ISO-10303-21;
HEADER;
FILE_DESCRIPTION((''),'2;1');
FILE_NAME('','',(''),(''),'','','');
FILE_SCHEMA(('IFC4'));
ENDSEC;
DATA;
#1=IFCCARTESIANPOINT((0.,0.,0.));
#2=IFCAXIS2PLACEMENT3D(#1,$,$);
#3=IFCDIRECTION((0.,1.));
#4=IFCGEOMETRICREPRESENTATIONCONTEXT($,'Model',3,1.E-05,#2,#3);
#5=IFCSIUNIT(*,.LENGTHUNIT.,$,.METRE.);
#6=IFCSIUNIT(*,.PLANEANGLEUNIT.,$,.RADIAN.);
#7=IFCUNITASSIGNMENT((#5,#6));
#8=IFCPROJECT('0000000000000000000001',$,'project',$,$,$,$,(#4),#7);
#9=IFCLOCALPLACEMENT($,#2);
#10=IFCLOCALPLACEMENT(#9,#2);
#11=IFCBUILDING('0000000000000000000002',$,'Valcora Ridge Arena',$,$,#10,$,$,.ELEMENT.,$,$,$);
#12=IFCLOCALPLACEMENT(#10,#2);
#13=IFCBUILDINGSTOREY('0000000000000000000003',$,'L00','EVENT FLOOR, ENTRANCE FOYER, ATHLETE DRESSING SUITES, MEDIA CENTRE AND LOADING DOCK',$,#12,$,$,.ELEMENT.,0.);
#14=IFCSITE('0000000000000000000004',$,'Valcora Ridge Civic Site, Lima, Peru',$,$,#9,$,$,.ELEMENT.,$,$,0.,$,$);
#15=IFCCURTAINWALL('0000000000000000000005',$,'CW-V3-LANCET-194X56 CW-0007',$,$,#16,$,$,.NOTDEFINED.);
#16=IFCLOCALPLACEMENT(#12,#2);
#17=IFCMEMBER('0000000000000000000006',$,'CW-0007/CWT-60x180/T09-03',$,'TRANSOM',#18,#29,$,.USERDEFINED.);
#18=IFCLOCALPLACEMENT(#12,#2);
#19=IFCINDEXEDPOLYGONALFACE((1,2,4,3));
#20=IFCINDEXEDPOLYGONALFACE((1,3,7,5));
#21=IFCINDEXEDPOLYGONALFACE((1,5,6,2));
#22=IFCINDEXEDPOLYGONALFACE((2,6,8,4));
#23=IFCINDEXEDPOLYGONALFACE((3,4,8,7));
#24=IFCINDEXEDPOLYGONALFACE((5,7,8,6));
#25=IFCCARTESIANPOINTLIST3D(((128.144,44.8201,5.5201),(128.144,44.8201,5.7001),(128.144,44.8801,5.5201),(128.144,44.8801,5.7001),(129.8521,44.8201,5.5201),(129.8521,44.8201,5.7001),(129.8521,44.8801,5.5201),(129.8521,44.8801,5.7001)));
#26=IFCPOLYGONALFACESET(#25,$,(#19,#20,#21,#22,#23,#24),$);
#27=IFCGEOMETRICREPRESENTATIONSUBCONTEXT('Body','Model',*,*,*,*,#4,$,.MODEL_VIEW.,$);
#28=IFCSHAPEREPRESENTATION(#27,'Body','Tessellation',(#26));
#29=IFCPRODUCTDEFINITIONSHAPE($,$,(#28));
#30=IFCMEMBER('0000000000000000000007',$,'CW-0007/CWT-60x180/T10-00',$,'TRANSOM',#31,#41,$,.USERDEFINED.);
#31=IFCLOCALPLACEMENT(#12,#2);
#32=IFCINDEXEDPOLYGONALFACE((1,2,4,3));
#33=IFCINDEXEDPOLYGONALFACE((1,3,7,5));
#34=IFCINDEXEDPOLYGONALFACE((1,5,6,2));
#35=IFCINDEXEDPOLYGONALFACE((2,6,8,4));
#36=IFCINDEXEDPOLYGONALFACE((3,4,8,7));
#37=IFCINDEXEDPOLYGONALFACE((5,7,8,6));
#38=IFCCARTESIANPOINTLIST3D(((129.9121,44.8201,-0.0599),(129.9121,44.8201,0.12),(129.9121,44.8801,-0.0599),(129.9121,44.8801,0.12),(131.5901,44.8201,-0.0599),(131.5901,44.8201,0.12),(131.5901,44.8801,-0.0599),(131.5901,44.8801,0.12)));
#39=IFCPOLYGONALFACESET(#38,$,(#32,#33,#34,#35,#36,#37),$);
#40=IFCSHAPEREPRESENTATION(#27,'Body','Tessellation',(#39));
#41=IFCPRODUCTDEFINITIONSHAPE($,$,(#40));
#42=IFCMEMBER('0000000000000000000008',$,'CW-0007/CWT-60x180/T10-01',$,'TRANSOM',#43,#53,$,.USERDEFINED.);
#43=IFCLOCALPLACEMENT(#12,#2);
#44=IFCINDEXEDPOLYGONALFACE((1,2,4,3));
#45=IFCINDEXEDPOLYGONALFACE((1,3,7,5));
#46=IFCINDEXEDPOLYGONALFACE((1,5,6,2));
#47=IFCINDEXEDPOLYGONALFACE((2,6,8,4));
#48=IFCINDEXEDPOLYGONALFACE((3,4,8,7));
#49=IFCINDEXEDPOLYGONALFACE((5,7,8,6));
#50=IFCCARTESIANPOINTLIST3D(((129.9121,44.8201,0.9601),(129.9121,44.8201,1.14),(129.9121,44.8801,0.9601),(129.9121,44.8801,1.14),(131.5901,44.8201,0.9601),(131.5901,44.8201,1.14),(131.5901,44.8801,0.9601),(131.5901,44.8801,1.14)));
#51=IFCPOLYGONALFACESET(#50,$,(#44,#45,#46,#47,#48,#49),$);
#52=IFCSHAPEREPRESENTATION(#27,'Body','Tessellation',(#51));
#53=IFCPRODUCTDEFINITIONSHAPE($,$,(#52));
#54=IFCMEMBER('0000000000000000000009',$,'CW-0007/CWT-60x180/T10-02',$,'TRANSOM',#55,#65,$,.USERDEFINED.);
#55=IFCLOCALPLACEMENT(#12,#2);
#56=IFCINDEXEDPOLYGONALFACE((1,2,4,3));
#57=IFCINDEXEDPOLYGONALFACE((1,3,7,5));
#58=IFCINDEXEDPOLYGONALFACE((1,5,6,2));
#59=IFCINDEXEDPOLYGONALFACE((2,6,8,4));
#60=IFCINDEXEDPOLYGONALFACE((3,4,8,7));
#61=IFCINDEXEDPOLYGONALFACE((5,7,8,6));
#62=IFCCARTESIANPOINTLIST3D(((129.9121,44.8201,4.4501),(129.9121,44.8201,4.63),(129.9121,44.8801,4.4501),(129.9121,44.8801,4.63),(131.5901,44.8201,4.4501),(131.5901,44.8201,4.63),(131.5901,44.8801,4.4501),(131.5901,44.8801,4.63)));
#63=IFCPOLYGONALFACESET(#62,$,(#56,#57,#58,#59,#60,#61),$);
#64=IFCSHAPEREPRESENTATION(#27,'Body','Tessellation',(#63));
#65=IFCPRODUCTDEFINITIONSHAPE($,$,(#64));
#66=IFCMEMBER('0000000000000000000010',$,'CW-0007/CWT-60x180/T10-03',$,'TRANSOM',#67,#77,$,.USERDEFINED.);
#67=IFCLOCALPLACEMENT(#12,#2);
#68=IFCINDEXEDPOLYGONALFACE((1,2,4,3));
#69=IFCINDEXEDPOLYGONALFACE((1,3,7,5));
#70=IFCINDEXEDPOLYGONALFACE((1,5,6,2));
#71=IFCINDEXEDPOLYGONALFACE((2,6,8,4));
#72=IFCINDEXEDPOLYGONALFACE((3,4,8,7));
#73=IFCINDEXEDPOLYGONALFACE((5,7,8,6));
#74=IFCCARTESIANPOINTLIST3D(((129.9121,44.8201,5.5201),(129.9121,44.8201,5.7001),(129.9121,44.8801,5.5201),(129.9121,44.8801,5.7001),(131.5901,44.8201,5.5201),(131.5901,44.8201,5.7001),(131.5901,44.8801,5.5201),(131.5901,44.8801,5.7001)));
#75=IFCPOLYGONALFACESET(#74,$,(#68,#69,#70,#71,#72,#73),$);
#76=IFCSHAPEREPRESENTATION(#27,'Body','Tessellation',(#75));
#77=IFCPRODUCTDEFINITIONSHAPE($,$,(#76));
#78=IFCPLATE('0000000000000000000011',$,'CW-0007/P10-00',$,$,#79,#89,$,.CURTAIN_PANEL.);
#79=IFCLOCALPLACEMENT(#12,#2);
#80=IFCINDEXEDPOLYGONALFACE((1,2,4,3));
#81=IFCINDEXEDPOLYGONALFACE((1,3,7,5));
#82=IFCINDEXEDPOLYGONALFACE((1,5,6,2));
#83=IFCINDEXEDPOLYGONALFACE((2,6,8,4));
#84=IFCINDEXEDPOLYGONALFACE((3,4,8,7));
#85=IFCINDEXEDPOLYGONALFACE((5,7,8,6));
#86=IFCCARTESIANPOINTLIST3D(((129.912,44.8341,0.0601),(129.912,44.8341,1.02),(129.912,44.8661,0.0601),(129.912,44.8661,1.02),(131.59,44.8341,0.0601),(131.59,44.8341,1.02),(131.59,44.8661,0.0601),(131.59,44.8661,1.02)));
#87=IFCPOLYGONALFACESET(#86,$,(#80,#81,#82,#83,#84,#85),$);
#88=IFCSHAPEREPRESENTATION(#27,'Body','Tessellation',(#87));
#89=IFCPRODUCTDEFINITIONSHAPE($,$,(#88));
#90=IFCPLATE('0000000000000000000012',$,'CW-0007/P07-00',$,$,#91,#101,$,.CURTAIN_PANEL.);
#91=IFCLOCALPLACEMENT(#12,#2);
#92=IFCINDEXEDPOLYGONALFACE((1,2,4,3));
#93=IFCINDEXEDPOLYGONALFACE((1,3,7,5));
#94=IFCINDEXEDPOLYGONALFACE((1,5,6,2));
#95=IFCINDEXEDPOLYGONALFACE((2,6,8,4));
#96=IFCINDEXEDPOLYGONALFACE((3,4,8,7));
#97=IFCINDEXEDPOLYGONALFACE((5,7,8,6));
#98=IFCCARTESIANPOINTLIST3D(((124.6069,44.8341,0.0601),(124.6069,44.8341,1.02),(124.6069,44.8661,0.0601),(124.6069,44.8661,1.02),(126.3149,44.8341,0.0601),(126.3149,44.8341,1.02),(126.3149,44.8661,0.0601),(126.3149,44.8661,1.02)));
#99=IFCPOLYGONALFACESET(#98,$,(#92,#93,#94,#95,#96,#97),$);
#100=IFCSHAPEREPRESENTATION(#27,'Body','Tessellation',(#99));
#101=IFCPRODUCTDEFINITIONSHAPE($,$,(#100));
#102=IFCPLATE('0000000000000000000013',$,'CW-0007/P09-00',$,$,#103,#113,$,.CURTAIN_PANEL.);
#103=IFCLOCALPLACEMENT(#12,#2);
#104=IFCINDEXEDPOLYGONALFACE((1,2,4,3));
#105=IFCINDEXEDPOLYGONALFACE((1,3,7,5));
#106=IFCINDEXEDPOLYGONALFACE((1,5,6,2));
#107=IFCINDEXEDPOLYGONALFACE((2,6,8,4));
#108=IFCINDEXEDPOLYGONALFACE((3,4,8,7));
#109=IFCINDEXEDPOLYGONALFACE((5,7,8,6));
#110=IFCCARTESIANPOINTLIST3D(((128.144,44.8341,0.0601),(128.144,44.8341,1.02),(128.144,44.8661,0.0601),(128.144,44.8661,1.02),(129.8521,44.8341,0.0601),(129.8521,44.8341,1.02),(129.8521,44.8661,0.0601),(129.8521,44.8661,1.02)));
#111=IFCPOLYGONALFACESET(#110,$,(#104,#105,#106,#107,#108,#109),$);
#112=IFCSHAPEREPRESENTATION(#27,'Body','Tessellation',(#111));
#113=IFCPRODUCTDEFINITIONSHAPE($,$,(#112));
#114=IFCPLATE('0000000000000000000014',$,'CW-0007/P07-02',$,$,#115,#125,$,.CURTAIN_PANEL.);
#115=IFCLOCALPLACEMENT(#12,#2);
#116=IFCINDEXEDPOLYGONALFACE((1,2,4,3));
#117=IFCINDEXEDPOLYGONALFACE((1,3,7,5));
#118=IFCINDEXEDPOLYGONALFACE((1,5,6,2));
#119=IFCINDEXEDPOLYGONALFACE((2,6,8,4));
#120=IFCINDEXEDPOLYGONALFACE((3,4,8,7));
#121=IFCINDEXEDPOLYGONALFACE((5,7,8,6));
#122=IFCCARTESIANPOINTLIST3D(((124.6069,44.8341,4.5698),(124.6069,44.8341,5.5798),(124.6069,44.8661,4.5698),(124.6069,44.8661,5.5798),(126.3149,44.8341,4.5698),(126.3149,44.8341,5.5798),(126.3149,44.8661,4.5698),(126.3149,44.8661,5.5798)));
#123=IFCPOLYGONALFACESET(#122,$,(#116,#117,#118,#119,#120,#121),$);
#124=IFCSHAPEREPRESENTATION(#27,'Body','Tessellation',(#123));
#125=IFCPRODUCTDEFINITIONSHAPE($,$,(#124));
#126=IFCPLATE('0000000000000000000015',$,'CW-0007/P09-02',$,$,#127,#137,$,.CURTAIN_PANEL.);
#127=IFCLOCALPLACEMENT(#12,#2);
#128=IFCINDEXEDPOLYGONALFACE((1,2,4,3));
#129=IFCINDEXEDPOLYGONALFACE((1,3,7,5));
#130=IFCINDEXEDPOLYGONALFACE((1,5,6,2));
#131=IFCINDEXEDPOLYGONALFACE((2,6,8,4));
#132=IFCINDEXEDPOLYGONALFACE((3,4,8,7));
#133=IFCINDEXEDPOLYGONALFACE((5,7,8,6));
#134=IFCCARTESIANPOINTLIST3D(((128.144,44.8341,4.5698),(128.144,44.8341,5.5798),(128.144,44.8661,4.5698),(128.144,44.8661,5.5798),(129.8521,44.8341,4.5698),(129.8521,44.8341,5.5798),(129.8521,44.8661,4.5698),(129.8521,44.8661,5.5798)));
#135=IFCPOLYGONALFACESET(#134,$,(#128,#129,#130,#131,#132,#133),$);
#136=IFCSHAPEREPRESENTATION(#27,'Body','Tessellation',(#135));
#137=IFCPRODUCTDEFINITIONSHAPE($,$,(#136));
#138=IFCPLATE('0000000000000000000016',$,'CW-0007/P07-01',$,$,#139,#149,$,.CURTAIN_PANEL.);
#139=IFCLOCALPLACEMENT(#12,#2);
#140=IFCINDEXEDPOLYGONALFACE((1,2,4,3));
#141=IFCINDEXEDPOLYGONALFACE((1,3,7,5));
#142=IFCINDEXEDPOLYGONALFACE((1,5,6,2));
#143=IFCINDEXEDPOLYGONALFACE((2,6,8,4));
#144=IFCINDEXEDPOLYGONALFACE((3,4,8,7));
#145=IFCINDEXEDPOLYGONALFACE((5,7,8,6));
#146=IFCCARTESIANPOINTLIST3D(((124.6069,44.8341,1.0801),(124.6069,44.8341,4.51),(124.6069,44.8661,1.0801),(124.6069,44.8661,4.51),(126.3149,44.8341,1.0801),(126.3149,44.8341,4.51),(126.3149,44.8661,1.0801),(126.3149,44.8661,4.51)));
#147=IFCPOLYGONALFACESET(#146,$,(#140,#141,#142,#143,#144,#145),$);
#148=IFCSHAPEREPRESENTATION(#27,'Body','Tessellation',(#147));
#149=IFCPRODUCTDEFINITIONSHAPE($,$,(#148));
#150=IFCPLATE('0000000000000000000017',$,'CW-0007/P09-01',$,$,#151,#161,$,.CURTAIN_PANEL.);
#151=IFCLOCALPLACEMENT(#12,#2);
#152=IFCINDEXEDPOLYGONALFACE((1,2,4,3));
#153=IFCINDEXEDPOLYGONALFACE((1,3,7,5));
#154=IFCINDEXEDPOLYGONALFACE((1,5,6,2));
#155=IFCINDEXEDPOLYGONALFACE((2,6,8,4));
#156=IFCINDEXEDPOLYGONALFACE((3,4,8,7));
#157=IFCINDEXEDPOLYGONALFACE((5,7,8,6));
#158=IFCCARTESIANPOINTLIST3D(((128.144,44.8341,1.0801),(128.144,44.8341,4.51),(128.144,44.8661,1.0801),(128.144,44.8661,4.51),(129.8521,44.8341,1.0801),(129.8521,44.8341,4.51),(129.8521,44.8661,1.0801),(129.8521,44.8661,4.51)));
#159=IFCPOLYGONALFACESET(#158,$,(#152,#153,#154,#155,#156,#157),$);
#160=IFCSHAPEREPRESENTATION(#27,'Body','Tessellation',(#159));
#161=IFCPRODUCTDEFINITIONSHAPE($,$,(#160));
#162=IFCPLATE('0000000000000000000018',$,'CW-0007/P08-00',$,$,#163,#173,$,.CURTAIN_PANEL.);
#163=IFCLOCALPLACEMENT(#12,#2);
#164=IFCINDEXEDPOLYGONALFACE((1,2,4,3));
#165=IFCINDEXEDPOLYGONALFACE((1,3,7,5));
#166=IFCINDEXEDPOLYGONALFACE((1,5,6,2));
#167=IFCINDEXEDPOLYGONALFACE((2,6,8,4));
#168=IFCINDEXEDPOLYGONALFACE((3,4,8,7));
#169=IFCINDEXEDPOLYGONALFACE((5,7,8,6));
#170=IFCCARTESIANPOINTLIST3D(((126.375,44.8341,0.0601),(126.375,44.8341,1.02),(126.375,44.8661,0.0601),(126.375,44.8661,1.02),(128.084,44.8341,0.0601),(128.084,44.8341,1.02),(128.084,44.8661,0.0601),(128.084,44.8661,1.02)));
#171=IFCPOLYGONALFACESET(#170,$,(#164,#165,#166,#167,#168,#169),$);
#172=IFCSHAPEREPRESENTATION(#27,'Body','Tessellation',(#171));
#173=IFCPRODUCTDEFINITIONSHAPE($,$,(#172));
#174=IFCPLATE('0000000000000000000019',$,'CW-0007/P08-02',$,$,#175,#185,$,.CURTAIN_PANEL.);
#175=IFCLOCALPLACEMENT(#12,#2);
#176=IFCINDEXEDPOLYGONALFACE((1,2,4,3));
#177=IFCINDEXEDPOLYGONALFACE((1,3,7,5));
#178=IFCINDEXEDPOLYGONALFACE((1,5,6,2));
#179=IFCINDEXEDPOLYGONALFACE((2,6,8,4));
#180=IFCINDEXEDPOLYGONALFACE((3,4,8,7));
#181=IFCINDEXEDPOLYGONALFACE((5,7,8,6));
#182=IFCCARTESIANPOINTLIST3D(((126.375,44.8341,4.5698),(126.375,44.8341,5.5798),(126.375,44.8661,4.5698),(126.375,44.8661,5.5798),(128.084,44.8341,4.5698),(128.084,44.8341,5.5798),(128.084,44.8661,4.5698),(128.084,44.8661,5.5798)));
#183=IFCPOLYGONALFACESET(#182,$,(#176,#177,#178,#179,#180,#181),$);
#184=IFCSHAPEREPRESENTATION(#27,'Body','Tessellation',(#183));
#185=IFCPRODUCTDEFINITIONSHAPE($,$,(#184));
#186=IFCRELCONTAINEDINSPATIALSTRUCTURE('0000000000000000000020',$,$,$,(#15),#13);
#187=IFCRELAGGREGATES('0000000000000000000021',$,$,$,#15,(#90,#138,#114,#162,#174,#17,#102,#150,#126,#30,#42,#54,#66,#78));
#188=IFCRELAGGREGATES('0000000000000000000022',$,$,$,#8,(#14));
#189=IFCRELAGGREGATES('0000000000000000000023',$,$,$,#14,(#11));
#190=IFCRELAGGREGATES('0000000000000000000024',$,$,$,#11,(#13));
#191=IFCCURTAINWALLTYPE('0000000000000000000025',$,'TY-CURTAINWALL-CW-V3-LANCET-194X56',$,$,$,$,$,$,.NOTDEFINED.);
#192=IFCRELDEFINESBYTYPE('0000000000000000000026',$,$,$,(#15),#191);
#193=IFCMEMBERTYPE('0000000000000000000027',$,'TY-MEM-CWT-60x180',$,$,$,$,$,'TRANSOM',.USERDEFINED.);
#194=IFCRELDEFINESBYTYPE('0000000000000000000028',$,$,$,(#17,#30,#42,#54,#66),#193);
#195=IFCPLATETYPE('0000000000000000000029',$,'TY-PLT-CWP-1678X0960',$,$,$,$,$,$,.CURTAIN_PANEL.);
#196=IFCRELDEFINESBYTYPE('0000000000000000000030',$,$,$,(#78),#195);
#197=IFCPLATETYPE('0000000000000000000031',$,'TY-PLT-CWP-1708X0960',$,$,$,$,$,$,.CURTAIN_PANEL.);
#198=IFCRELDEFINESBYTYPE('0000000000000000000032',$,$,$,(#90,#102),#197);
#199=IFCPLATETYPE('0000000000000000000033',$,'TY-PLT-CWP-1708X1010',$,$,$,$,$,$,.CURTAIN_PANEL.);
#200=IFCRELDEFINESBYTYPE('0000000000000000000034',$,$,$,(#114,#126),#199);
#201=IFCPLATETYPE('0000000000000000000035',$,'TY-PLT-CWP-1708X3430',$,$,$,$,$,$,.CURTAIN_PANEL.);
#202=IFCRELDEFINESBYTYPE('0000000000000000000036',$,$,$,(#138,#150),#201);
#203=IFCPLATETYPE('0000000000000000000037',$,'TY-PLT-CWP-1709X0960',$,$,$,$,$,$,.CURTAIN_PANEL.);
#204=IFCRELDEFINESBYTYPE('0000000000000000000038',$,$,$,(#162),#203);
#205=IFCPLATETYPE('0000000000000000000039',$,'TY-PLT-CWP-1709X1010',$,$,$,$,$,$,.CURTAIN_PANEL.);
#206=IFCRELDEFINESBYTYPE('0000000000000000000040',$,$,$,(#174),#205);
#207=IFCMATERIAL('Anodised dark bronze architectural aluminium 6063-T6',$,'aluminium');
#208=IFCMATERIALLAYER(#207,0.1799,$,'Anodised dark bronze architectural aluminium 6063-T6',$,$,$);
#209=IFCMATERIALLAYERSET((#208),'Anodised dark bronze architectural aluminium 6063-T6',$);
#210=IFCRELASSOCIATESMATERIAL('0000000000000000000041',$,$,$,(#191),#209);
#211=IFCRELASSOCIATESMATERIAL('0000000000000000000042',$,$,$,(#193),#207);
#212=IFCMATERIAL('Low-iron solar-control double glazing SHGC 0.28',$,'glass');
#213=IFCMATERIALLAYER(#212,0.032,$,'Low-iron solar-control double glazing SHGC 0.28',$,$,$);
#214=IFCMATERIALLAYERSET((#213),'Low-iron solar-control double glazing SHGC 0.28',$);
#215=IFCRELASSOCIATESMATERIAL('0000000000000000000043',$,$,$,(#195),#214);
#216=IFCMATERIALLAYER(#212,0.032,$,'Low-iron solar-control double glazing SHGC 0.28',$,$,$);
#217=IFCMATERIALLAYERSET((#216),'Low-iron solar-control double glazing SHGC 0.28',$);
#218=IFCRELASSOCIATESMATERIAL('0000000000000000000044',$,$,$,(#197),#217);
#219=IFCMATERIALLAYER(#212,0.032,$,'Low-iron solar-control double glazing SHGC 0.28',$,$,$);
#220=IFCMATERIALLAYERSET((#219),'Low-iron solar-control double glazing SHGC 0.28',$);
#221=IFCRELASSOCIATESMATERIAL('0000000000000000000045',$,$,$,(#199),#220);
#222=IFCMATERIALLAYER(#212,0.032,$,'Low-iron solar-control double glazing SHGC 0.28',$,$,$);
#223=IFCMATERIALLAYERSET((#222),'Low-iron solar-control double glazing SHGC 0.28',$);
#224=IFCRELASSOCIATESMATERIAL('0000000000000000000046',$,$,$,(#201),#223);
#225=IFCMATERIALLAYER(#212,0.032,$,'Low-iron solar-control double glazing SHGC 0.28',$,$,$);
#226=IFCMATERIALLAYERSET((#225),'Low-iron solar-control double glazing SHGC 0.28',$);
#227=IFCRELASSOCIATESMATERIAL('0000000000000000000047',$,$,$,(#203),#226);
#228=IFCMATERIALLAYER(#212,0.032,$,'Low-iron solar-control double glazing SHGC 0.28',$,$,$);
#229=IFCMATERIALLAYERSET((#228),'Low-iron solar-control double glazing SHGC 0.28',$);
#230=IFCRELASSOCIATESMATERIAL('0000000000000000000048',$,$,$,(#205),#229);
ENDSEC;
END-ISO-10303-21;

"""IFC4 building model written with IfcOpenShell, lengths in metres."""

from ifc_helpers import new_model, si_unit, direction, frame, origin, origin_2d, place, context, subcontext, project, spatial, rectangle, extrude, material, layer, layer_set, material_profile, profile_set, type_object, element, aggregate, save


model = new_model("IFC4")

# Units and contexts
model_context = context("Model", 3, precision=1e-05, world=origin(), true_north=direction((0.0, 1.0)))
body_context = subcontext(model_context, "Body", "Model", "MODEL_VIEW")
ifc_project = project(units=[si_unit("LENGTHUNIT", "METRE"), si_unit("PLANEANGLEUNIT", "RADIAN")], contexts=[model_context])

# Site, building, storey
site_placement = place(None, origin())
site = spatial("IfcSite", under=ifc_project, at=site_placement, Name="Valcora Ridge Civic Site, Lima, Peru", CompositionType="ELEMENT", RefElevation=0.0)
building_placement = place(site_placement, origin())
building = spatial("IfcBuilding", under=site, at=building_placement, Name="Valcora Ridge Arena", CompositionType="ELEMENT")
storey_placement = place(building_placement, origin())
storey = spatial("IfcBuildingStorey", under=building, at=storey_placement, Name="L00", Description="EVENT FLOOR, ENTRANCE FOYER, ATHLETE DRESSING SUITES, MEDIA CENTRE AND LOADING DOCK", CompositionType="ELEMENT", Elevation=0.0)

# Shared definitions
ifc_material_1 = material(Name="Anodised dark bronze architectural aluminium 6063-T6", Category="aluminium")

# Curtain wall
ifc_layer_1 = layer(ifc_material_1, 0.1799, Name="Anodised dark bronze architectural aluminium 6063-T6")
ifc_layer_set_1 = layer_set([ifc_layer_1], Name="Anodised dark bronze architectural aluminium 6063-T6")
curtain_wall_type_1 = type_object("IfcCurtainWallType", Name="TY-CURTAINWALL-CW-V3-LANCET-194X56", PredefinedType="NOTDEFINED", material=ifc_layer_set_1)
curtain_wall_1_placement = place(storey_placement, origin())
curtain_wall_1 = element("IfcCurtainWall", 1, at=curtain_wall_1_placement, inside=storey, type_object=curtain_wall_type_1, Name="CW-V3-LANCET-194X56 CW-0007", PredefinedType="NOTDEFINED")

# Members
ifc_material_profile_1 = material_profile(ifc_material_1, rectangle(XDim=0.0601, YDim=0.1799, at=origin_2d()), Name="ALU TRANSOM 60x180")
ifc_profile_set_1 = profile_set([ifc_material_profile_1], Name="Anodised dark bronze architectural aluminium 6063-T6")
member_type_1 = type_object("IfcMemberType", Name="TY-MEM-CWT-60x180", ElementType="TRANSOM", PredefinedType="USERDEFINED", material=ifc_profile_set_1)
member_1_placement = place(storey_placement, frame((128.144, 44.8501, 5.6101), z_axis=(1.0, 0.0, 0.0), x_axis=(0.0, 1.0, 0.0)))
member_1 = element("IfcMember", 2, at=member_1_placement, type_object=member_type_1, Name="CW-0007/CWT-60x180/T09-03", ObjectType="TRANSOM", PredefinedType="USERDEFINED", context=body_context, shape_type="SweptSolid", body=[
    extrude(rectangle(XDim=0.0601, YDim=0.1799, at=origin_2d()), origin(), (0.0, 0.0, 1.0), 1.708),
])
member_2_placement = place(storey_placement, frame((129.9121, 44.8501, 0.03), z_axis=(1.0, 0.0, 0.0), x_axis=(0.0, 1.0, 0.0)))
member_2 = element("IfcMember", 3, at=member_2_placement, type_object=member_type_1, Name="CW-0007/CWT-60x180/T10-00", ObjectType="TRANSOM", PredefinedType="USERDEFINED", context=body_context, shape_type="SweptSolid", body=[
    extrude(rectangle(XDim=0.0601, YDim=0.1799, at=origin_2d()), origin(), (0.0, 0.0, 1.0), 1.678),
])
member_3_placement = place(storey_placement, frame((129.9121, 44.8501, 1.05), z_axis=(1.0, 0.0, 0.0), x_axis=(0.0, 1.0, 0.0)))
member_3 = element("IfcMember", 4, at=member_3_placement, type_object=member_type_1, Name="CW-0007/CWT-60x180/T10-01", ObjectType="TRANSOM", PredefinedType="USERDEFINED", context=body_context, shape_type="SweptSolid", body=[
    extrude(rectangle(XDim=0.0601, YDim=0.1799, at=origin_2d()), origin(), (0.0, 0.0, 1.0), 1.678),
])
member_4_placement = place(storey_placement, frame((129.9121, 44.8501, 4.54), z_axis=(1.0, 0.0, 0.0), x_axis=(0.0, 1.0, 0.0)))
member_4 = element("IfcMember", 5, at=member_4_placement, type_object=member_type_1, Name="CW-0007/CWT-60x180/T10-02", ObjectType="TRANSOM", PredefinedType="USERDEFINED", context=body_context, shape_type="SweptSolid", body=[
    extrude(rectangle(XDim=0.0601, YDim=0.1799, at=origin_2d()), origin(), (0.0, 0.0, 1.0), 1.678),
])
member_5_placement = place(storey_placement, frame((129.9121, 44.8501, 5.6101), z_axis=(1.0, 0.0, 0.0), x_axis=(0.0, 1.0, 0.0)))
member_5 = element("IfcMember", 6, at=member_5_placement, type_object=member_type_1, Name="CW-0007/CWT-60x180/T10-03", ObjectType="TRANSOM", PredefinedType="USERDEFINED", context=body_context, shape_type="SweptSolid", body=[
    extrude(rectangle(XDim=0.0601, YDim=0.1799, at=origin_2d()), origin(), (0.0, 0.0, 1.0), 1.678),
])

# Plates
ifc_material_2 = material(Name="Low-iron solar-control double glazing SHGC 0.28", Category="glass")
ifc_layer_2 = layer(ifc_material_2, 0.032, Name="Low-iron solar-control double glazing SHGC 0.28")
ifc_layer_set_2 = layer_set([ifc_layer_2], Name="Low-iron solar-control double glazing SHGC 0.28")
plate_type_1 = type_object("IfcPlateType", Name="TY-PLT-CWP-1678X0960", PredefinedType="CURTAIN_PANEL", material=ifc_layer_set_2)
plate_1_placement = place(storey_placement, frame((130.751, 44.8501, 0.0601), z_axis=(0.0, 0.0, 1.0), x_axis=(1.0, 0.0, 0.0)))
plate_1 = element("IfcPlate", 7, at=plate_1_placement, type_object=plate_type_1, Name="CW-0007/P10-00", PredefinedType="CURTAIN_PANEL", context=body_context, shape_type="SweptSolid", body=[
    extrude(rectangle(XDim=1.678, YDim=0.032, at=origin_2d()), origin(), (0.0, 0.0, 1.0), 0.96),
])
ifc_layer_3 = layer(ifc_material_2, 0.032, Name="Low-iron solar-control double glazing SHGC 0.28")
ifc_layer_set_3 = layer_set([ifc_layer_3], Name="Low-iron solar-control double glazing SHGC 0.28")
plate_type_2 = type_object("IfcPlateType", Name="TY-PLT-CWP-1708X0960", PredefinedType="CURTAIN_PANEL", material=ifc_layer_set_3)
plate_2_placement = place(storey_placement, frame((125.4609, 44.8501, 0.0601), z_axis=(0.0, 0.0, 1.0), x_axis=(1.0, 0.0, 0.0)))
plate_2 = element("IfcPlate", 8, at=plate_2_placement, type_object=plate_type_2, Name="CW-0007/P07-00", PredefinedType="CURTAIN_PANEL", context=body_context, shape_type="SweptSolid", body=[
    extrude(rectangle(XDim=1.708, YDim=0.032, at=origin_2d()), origin(), (0.0, 0.0, 1.0), 0.96),
])
plate_3_placement = place(storey_placement, frame((128.998, 44.8501, 0.0601), z_axis=(0.0, 0.0, 1.0), x_axis=(1.0, 0.0, 0.0)))
plate_3 = element("IfcPlate", 9, at=plate_3_placement, type_object=plate_type_2, Name="CW-0007/P09-00", PredefinedType="CURTAIN_PANEL", context=body_context, shape_type="SweptSolid", body=[
    extrude(rectangle(XDim=1.708, YDim=0.032, at=origin_2d()), origin(), (0.0, 0.0, 1.0), 0.96),
])
ifc_layer_4 = layer(ifc_material_2, 0.032, Name="Low-iron solar-control double glazing SHGC 0.28")
ifc_layer_set_4 = layer_set([ifc_layer_4], Name="Low-iron solar-control double glazing SHGC 0.28")
plate_type_3 = type_object("IfcPlateType", Name="TY-PLT-CWP-1708X1010", PredefinedType="CURTAIN_PANEL", material=ifc_layer_set_4)
plate_4_placement = place(storey_placement, frame((125.4609, 44.8501, 4.5698), z_axis=(0.0, 0.0, 1.0), x_axis=(1.0, 0.0, 0.0)))
plate_4 = element("IfcPlate", 10, at=plate_4_placement, type_object=plate_type_3, Name="CW-0007/P07-02", PredefinedType="CURTAIN_PANEL", context=body_context, shape_type="SweptSolid", body=[
    extrude(rectangle(XDim=1.708, YDim=0.032, at=origin_2d()), origin(), (0.0, 0.0, 1.0), 1.01),
])
plate_5_placement = place(storey_placement, frame((128.998, 44.8501, 4.5698), z_axis=(0.0, 0.0, 1.0), x_axis=(1.0, 0.0, 0.0)))
plate_5 = element("IfcPlate", 11, at=plate_5_placement, type_object=plate_type_3, Name="CW-0007/P09-02", PredefinedType="CURTAIN_PANEL", context=body_context, shape_type="SweptSolid", body=[
    extrude(rectangle(XDim=1.708, YDim=0.032, at=origin_2d()), origin(), (0.0, 0.0, 1.0), 1.01),
])
ifc_layer_5 = layer(ifc_material_2, 0.032, Name="Low-iron solar-control double glazing SHGC 0.28")
ifc_layer_set_5 = layer_set([ifc_layer_5], Name="Low-iron solar-control double glazing SHGC 0.28")
plate_type_4 = type_object("IfcPlateType", Name="TY-PLT-CWP-1708X3430", PredefinedType="CURTAIN_PANEL", material=ifc_layer_set_5)
plate_6_placement = place(storey_placement, frame((125.4609, 44.8501, 1.0801), z_axis=(0.0, 0.0, 1.0), x_axis=(1.0, 0.0, 0.0)))
plate_6 = element("IfcPlate", 12, at=plate_6_placement, type_object=plate_type_4, Name="CW-0007/P07-01", PredefinedType="CURTAIN_PANEL", context=body_context, shape_type="SweptSolid", body=[
    extrude(rectangle(XDim=1.708, YDim=0.032, at=origin_2d()), origin(), (0.0, 0.0, 1.0), 3.4299),
])
plate_7_placement = place(storey_placement, frame((128.998, 44.8501, 1.0801), z_axis=(0.0, 0.0, 1.0), x_axis=(1.0, 0.0, 0.0)))
plate_7 = element("IfcPlate", 13, at=plate_7_placement, type_object=plate_type_4, Name="CW-0007/P09-01", PredefinedType="CURTAIN_PANEL", context=body_context, shape_type="SweptSolid", body=[
    extrude(rectangle(XDim=1.708, YDim=0.032, at=origin_2d()), origin(), (0.0, 0.0, 1.0), 3.4299),
])
ifc_layer_6 = layer(ifc_material_2, 0.032, Name="Low-iron solar-control double glazing SHGC 0.28")
ifc_layer_set_6 = layer_set([ifc_layer_6], Name="Low-iron solar-control double glazing SHGC 0.28")
plate_type_5 = type_object("IfcPlateType", Name="TY-PLT-CWP-1709X0960", PredefinedType="CURTAIN_PANEL", material=ifc_layer_set_6)
plate_8_placement = place(storey_placement, frame((127.2295, 44.8501, 0.0601), z_axis=(0.0, 0.0, 1.0), x_axis=(1.0, 0.0, 0.0)))
plate_8 = element("IfcPlate", 14, at=plate_8_placement, type_object=plate_type_5, Name="CW-0007/P08-00", PredefinedType="CURTAIN_PANEL", context=body_context, shape_type="SweptSolid", body=[
    extrude(rectangle(XDim=1.709, YDim=0.032, at=origin_2d()), origin(), (0.0, 0.0, 1.0), 0.96),
])
ifc_layer_7 = layer(ifc_material_2, 0.032, Name="Low-iron solar-control double glazing SHGC 0.28")
ifc_layer_set_7 = layer_set([ifc_layer_7], Name="Low-iron solar-control double glazing SHGC 0.28")
plate_type_6 = type_object("IfcPlateType", Name="TY-PLT-CWP-1709X1010", PredefinedType="CURTAIN_PANEL", material=ifc_layer_set_7)
plate_9_placement = place(storey_placement, frame((127.2295, 44.8501, 4.5698), z_axis=(0.0, 0.0, 1.0), x_axis=(1.0, 0.0, 0.0)))
plate_9 = element("IfcPlate", 15, at=plate_9_placement, type_object=plate_type_6, Name="CW-0007/P08-02", PredefinedType="CURTAIN_PANEL", context=body_context, shape_type="SweptSolid", body=[
    extrude(rectangle(XDim=1.709, YDim=0.032, at=origin_2d()), origin(), (0.0, 0.0, 1.0), 1.01),
])
aggregate(curtain_wall_1, [plate_2, plate_6, plate_4, plate_8, plate_9, member_1, plate_3, plate_7, plate_5, member_2, member_3, member_4, member_5, plate_1])

save(model, "model.ifc")
